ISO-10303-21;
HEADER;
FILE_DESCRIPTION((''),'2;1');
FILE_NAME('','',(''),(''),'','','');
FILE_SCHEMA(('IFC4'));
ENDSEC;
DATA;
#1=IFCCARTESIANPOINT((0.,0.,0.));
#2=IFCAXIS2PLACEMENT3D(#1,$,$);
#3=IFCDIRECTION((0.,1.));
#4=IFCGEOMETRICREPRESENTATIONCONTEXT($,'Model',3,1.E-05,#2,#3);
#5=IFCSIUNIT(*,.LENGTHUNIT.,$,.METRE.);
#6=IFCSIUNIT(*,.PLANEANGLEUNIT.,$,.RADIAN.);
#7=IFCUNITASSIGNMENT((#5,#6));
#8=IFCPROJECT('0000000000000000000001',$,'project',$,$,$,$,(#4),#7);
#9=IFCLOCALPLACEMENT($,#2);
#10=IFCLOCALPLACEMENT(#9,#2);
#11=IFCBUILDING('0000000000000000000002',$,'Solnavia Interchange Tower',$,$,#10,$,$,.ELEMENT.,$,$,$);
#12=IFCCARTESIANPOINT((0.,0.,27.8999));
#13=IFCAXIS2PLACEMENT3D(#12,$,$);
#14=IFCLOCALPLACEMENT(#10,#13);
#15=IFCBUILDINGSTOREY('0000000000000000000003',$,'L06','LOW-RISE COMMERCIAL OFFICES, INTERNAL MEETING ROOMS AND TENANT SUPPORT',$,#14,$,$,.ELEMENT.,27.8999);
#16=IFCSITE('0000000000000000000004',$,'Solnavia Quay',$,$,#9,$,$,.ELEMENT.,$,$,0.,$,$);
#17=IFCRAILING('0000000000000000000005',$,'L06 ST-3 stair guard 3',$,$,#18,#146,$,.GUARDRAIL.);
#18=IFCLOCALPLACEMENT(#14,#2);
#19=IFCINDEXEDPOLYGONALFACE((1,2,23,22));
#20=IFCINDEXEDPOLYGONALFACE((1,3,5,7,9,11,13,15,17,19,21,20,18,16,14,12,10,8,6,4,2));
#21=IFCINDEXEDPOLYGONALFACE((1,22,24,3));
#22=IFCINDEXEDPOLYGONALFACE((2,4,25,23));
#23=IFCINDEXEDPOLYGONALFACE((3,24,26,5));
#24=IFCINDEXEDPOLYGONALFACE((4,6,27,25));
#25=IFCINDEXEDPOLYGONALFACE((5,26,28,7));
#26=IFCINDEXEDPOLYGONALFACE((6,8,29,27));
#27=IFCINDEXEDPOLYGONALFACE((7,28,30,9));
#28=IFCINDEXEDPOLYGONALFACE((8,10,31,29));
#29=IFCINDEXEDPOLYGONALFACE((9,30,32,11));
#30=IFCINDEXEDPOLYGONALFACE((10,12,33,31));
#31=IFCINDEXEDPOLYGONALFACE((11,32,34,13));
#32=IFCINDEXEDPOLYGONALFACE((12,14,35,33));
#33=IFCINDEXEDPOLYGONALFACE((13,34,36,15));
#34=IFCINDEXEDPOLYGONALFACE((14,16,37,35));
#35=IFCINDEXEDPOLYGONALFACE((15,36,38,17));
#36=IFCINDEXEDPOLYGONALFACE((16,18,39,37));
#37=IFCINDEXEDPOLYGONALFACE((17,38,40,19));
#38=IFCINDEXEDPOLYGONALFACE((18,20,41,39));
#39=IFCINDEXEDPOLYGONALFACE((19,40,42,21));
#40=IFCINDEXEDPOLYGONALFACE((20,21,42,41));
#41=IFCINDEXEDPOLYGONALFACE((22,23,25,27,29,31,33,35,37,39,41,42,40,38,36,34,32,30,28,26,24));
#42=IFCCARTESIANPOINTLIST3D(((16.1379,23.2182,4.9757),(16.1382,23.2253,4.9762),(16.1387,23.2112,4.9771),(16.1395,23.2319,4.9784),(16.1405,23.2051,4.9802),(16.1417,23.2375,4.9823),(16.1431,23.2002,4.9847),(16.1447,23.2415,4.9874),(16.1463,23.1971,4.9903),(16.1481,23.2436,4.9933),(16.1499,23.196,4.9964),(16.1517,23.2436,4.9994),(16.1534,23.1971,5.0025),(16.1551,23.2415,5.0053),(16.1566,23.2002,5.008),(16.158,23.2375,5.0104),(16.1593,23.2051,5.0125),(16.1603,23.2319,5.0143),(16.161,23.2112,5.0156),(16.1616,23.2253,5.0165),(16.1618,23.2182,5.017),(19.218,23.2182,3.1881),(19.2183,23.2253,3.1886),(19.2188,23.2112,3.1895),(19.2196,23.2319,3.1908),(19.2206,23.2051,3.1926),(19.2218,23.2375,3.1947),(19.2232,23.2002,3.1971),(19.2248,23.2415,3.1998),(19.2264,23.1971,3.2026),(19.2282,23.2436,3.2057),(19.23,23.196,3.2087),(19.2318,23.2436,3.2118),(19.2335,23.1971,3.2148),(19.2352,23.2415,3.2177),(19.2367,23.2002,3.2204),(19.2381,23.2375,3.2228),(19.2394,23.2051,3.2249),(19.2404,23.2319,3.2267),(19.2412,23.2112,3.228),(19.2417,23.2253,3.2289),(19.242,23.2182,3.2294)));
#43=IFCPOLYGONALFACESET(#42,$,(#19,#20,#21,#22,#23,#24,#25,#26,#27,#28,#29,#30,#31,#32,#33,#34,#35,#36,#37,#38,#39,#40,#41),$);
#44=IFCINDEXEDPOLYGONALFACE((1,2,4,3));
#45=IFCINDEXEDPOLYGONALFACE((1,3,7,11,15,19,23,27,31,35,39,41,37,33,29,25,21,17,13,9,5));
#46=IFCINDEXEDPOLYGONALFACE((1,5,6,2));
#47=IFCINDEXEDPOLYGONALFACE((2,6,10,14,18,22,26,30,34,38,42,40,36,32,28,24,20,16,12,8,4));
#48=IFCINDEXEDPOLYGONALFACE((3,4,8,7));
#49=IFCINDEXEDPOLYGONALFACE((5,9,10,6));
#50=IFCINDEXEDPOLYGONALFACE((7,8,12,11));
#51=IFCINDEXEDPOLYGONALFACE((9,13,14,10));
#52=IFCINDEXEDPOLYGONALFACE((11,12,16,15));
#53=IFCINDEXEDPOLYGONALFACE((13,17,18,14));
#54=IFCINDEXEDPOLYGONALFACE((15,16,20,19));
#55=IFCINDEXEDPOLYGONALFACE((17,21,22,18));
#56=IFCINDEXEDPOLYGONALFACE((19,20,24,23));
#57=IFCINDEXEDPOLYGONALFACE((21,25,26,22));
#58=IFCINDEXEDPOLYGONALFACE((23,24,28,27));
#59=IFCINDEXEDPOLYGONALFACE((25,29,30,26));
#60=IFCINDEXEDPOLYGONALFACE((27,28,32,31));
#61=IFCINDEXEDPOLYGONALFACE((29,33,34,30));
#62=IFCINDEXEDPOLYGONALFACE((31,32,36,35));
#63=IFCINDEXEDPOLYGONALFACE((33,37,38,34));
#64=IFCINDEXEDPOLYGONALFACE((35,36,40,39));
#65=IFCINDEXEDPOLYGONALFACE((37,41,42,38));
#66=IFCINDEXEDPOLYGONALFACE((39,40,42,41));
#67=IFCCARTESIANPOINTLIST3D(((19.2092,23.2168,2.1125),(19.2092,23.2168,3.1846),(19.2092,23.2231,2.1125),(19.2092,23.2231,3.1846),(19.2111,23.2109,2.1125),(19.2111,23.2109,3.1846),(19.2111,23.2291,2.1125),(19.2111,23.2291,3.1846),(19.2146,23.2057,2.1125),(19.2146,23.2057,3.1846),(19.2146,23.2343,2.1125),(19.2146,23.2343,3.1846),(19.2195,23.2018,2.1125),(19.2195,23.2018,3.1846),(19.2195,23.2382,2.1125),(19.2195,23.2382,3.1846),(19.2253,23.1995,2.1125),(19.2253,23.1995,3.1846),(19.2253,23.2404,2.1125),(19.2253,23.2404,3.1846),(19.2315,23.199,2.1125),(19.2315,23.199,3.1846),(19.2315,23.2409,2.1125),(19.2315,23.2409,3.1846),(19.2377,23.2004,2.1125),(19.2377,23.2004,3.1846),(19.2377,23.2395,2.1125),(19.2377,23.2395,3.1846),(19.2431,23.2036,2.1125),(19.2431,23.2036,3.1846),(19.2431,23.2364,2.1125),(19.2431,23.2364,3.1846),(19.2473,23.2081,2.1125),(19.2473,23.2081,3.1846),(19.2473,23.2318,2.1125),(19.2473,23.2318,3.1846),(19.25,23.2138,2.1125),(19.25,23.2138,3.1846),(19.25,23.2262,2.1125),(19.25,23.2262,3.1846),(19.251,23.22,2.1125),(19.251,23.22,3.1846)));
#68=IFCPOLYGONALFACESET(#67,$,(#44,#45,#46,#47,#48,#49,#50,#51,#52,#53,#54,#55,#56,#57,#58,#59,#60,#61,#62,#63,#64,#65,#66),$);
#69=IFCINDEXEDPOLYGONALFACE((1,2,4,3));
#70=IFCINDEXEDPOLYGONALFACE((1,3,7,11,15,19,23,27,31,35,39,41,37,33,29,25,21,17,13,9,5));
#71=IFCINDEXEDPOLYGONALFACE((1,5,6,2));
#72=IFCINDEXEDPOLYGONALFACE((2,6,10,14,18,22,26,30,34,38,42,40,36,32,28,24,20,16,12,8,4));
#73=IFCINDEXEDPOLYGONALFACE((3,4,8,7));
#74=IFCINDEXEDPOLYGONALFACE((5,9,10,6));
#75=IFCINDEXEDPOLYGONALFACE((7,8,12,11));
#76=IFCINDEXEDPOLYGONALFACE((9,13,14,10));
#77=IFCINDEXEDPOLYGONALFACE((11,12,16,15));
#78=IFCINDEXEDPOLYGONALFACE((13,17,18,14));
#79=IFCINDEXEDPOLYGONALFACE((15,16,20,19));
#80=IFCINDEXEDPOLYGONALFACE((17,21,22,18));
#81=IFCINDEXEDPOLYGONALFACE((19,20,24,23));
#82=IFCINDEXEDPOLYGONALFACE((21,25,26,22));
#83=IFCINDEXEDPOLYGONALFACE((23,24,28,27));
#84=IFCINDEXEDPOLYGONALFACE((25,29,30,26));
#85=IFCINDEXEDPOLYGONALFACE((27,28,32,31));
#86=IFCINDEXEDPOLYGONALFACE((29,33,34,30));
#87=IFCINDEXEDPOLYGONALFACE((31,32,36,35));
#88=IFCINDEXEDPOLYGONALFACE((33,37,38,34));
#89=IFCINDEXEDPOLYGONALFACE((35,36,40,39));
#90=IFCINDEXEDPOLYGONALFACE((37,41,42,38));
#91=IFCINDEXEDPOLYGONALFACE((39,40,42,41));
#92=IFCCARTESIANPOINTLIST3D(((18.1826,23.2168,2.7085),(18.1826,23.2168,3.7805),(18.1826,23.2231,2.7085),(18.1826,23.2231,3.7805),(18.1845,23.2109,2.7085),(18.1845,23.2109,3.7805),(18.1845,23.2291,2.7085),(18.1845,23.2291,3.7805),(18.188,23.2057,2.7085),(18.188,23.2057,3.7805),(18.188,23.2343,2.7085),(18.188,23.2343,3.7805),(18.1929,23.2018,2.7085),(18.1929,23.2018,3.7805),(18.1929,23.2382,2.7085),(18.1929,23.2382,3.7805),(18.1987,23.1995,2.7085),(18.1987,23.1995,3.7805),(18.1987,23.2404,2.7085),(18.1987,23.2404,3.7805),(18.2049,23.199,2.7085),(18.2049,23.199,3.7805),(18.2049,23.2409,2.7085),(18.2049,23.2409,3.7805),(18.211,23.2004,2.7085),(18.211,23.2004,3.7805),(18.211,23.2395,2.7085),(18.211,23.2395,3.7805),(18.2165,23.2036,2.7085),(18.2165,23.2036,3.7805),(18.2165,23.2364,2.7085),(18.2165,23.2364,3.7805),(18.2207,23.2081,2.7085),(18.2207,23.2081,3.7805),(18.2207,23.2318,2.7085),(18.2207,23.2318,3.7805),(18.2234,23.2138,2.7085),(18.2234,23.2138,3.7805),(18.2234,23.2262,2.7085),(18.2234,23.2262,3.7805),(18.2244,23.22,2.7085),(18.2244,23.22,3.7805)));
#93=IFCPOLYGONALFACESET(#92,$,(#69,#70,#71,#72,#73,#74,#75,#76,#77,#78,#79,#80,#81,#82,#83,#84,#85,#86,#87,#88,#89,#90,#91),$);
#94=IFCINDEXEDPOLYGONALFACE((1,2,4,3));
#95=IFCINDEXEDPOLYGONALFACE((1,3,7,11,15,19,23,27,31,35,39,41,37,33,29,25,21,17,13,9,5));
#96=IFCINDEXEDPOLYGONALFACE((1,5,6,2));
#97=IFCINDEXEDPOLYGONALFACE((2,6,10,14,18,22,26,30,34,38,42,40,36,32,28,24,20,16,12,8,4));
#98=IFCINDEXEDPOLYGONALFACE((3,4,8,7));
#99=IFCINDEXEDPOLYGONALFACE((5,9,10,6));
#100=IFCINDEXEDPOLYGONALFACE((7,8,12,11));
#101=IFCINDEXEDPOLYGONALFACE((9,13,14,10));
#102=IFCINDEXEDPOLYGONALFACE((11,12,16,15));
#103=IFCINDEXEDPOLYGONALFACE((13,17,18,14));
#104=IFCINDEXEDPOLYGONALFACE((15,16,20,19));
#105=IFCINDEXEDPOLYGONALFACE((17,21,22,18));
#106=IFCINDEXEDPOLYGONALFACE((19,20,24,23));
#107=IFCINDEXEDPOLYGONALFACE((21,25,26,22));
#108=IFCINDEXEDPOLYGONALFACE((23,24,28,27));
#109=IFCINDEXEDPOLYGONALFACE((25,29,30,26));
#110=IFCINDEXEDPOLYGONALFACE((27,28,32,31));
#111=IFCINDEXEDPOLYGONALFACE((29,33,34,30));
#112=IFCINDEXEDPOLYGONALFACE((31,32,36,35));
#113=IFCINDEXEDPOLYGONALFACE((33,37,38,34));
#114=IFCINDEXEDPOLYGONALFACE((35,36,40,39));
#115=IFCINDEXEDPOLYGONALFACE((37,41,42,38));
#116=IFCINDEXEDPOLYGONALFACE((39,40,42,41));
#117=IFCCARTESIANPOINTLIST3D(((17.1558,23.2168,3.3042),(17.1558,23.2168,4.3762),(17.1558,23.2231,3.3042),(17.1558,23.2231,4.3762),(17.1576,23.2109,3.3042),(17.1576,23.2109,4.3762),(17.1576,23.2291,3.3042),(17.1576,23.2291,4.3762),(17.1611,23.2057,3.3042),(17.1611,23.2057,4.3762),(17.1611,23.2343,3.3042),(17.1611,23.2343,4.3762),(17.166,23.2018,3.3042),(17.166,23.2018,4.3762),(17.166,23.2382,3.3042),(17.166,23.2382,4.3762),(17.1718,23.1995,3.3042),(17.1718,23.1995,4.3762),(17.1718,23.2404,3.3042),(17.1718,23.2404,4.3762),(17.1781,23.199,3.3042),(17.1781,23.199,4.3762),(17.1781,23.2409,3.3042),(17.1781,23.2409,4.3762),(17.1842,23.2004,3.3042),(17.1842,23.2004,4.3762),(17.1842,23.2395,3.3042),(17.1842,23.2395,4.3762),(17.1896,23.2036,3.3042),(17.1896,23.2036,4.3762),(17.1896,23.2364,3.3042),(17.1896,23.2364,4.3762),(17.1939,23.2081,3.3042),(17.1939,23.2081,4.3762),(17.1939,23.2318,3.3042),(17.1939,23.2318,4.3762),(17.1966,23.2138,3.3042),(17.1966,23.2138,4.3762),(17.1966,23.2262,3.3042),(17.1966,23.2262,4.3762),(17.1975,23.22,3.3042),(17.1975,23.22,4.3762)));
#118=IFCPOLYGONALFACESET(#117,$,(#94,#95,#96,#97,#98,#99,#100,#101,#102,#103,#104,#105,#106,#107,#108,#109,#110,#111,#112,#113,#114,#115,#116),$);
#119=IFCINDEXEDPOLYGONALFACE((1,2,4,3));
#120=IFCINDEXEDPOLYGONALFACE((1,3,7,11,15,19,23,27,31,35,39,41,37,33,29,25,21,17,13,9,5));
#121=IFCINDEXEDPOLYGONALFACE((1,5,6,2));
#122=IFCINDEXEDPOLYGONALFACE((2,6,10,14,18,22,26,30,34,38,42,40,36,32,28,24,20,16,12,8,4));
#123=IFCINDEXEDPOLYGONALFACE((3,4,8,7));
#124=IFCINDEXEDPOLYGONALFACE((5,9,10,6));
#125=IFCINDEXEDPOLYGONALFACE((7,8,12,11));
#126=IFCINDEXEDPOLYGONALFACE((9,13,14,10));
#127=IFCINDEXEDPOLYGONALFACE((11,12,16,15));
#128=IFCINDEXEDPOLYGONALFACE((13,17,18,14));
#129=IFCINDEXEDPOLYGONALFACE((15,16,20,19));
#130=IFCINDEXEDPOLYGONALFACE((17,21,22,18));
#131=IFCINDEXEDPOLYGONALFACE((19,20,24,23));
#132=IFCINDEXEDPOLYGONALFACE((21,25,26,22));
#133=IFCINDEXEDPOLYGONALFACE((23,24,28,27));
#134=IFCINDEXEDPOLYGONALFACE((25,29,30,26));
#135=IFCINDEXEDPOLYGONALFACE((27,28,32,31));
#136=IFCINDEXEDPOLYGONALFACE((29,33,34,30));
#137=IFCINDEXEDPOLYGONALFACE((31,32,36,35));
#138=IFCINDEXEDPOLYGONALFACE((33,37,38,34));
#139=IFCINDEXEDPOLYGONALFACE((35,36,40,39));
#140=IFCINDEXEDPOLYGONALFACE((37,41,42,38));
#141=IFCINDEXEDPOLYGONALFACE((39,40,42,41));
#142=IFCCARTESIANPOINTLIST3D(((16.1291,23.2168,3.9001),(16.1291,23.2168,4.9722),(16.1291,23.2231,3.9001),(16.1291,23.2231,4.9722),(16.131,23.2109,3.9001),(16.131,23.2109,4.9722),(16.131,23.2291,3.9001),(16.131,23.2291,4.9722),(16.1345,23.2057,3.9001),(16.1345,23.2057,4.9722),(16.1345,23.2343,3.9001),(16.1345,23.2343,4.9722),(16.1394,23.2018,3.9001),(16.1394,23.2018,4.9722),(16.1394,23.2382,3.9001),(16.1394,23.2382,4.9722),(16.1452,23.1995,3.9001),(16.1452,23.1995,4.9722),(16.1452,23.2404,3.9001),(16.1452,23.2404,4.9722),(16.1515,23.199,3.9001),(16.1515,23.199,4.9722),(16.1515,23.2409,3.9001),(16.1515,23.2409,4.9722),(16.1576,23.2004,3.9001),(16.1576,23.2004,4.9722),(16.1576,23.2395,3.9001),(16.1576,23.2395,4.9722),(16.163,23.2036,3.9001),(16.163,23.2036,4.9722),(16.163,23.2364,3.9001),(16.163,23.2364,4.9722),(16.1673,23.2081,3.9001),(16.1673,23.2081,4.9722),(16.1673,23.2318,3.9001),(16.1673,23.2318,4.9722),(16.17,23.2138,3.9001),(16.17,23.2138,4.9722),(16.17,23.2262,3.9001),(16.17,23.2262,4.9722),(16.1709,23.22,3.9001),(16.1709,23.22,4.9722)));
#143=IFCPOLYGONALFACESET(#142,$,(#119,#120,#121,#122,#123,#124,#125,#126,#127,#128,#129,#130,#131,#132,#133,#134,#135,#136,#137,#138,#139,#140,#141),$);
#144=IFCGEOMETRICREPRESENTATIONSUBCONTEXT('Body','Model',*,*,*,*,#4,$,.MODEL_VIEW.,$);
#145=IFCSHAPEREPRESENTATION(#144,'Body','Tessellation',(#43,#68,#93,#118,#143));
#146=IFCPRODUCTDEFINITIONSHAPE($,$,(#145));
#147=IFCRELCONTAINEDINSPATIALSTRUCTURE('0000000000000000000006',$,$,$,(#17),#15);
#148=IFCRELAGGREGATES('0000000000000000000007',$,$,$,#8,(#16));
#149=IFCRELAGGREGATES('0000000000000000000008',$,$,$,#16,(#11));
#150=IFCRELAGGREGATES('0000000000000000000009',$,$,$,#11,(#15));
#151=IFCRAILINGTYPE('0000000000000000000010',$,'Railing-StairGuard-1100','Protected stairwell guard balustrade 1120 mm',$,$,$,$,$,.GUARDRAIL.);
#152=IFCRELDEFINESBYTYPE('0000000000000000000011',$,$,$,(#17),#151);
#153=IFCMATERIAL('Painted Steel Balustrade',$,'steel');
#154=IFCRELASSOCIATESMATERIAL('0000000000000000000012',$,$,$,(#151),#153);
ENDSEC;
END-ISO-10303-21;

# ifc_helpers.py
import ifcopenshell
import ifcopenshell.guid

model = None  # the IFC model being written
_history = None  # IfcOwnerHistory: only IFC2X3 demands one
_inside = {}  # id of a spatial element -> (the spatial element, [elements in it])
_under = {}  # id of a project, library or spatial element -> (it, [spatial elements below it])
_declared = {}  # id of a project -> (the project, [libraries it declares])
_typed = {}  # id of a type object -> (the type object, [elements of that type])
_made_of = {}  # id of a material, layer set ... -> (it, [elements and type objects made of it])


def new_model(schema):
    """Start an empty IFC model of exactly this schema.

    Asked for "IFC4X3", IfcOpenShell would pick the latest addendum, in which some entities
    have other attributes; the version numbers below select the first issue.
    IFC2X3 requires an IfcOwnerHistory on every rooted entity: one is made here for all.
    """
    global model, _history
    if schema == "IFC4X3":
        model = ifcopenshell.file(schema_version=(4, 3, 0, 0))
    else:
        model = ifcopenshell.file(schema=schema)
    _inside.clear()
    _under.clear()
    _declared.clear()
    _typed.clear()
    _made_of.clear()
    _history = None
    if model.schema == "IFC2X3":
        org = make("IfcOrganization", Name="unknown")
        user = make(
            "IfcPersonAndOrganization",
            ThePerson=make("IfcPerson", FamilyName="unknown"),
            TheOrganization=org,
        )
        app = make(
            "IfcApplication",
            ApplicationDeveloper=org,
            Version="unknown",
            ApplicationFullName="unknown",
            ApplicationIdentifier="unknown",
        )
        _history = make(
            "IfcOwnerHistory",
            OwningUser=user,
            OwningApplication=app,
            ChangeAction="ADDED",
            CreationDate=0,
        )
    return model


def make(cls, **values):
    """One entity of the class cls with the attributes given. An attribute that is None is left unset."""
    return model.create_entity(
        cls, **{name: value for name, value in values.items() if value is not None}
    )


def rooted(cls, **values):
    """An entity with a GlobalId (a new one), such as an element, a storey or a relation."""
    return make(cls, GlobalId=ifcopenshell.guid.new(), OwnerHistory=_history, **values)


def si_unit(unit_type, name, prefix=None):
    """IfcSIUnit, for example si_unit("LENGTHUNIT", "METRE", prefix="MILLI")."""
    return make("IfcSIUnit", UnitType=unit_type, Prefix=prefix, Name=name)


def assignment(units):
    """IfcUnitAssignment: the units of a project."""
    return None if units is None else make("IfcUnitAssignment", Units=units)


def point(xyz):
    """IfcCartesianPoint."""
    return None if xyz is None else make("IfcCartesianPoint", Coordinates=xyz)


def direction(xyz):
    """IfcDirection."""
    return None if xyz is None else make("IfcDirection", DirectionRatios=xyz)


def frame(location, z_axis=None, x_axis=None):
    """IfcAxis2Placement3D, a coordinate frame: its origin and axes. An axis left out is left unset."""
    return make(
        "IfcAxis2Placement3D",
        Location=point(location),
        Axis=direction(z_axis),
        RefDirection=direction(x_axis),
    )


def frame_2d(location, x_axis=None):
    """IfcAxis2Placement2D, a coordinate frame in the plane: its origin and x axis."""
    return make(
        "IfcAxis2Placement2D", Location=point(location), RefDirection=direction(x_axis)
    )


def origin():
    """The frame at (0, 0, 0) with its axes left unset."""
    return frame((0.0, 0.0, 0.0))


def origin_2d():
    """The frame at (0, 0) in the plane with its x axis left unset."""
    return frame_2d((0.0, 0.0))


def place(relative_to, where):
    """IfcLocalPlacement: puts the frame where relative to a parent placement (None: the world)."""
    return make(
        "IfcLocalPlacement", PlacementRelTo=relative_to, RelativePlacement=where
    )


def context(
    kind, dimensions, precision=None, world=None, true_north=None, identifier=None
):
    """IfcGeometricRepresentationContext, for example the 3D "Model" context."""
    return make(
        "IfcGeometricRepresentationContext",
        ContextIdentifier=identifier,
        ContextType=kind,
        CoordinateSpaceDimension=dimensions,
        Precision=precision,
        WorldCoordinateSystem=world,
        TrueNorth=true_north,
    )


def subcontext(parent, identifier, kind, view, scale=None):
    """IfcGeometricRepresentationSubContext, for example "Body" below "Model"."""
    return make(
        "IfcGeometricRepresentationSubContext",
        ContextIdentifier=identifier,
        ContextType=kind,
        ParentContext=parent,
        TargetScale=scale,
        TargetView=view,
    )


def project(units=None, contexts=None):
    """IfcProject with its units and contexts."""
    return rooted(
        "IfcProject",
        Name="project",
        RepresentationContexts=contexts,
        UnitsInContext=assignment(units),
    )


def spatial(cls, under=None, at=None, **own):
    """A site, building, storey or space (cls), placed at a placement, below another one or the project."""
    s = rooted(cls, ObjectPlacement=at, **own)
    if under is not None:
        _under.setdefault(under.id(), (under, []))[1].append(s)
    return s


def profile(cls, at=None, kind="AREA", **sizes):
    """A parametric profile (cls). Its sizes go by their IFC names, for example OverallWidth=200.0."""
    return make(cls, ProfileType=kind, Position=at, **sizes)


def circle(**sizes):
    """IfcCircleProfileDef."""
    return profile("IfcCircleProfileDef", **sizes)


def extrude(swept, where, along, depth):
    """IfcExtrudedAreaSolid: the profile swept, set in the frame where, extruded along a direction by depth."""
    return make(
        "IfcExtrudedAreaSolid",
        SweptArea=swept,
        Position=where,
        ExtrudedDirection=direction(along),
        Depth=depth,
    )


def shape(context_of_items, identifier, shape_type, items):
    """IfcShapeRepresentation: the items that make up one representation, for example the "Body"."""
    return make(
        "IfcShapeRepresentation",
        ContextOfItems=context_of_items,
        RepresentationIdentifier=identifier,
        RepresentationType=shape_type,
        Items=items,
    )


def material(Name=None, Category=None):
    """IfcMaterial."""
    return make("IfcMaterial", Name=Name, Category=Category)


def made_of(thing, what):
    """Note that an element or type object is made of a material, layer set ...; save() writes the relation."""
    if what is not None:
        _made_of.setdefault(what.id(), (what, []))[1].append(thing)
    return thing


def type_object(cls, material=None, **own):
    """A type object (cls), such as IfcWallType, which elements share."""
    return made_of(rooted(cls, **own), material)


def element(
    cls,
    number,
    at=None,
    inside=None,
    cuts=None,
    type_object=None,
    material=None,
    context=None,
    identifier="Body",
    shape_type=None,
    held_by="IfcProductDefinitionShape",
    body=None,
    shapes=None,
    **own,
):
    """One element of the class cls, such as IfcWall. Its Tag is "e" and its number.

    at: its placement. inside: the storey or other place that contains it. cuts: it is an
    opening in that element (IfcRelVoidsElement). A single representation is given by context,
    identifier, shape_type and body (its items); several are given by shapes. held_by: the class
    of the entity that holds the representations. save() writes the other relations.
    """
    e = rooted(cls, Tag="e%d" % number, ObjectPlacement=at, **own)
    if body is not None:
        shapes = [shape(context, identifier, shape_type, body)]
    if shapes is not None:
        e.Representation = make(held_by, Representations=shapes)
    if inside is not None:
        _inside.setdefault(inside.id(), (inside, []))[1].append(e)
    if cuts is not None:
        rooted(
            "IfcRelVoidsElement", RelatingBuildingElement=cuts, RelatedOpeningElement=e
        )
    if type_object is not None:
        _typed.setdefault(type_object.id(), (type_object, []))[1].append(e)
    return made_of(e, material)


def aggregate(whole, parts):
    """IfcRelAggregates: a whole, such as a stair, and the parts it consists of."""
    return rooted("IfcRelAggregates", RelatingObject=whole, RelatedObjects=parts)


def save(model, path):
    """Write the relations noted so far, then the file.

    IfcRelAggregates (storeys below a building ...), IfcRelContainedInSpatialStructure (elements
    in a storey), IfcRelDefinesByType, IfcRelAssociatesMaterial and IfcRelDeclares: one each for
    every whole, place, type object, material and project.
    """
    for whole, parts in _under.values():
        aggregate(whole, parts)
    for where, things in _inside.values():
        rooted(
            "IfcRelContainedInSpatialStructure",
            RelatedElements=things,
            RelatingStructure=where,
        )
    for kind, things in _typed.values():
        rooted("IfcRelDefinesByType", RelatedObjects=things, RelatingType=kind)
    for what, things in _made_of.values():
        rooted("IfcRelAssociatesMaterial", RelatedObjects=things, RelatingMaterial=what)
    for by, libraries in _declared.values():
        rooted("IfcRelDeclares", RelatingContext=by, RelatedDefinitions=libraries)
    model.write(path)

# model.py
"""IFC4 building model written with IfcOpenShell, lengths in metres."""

from ifc_helpers import new_model, si_unit, direction, frame, origin, origin_2d, place, context, subcontext, project, spatial, circle, extrude, material, type_object, element, save


model = new_model("IFC4")

# Units and contexts
model_context = context("Model", 3, precision=1e-05, world=origin(), true_north=direction((0.0, 1.0)))
body_context = subcontext(model_context, "Body", "Model", "MODEL_VIEW")
ifc_project = project(units=[si_unit("LENGTHUNIT", "METRE"), si_unit("PLANEANGLEUNIT", "RADIAN")], contexts=[model_context])

# Site, building, storey
site_placement = place(None, origin())
site = spatial("IfcSite", under=ifc_project, at=site_placement, Name="Solnavia Quay", CompositionType="ELEMENT", RefElevation=0.0)
building_placement = place(site_placement, origin())
building = spatial("IfcBuilding", under=site, at=building_placement, Name="Solnavia Interchange Tower", CompositionType="ELEMENT")
storey_placement = place(building_placement, frame((0.0, 0.0, 27.8999)))
storey = spatial("IfcBuildingStorey", under=building, at=storey_placement, Name="L06", Description="LOW-RISE COMMERCIAL OFFICES, INTERNAL MEETING ROOMS AND TENANT SUPPORT", CompositionType="ELEMENT", Elevation=27.8999)

# Railing
ifc_material_1 = material(Name="Painted Steel Balustrade", Category="steel")
railing_type_1 = type_object("IfcRailingType", Name="Railing-StairGuard-1100", Description="Protected stairwell guard balustrade 1120 mm", PredefinedType="GUARDRAIL", material=ifc_material_1)
railing_1_placement = place(storey_placement, frame((19.23, 23.22, 2.1125)))
element("IfcRailing", 1, at=railing_1_placement, inside=storey, type_object=railing_type_1, Name="L06 ST-3 stair guard 3", PredefinedType="GUARDRAIL", context=body_context, shape_type="SweptSolid", body=[
    extrude(circle(Radius=0.0239, at=origin_2d()), frame((0.0, 0.0, 1.0962), z_axis=(-0.864891, 0.0, 0.50196), x_axis=(0.0, -1.0, 0.0)), (0.0, 0.0, 1.0), 3.5613),
    extrude(circle(Radius=0.021, at=origin_2d()), origin(), (0.0, 0.0, 1.0), 1.072),
    extrude(circle(Radius=0.021, at=origin_2d()), frame((-1.0266, 0.0, 0.5959)), (0.0, 0.0, 1.0), 1.072),
    extrude(circle(Radius=0.021, at=origin_2d()), frame((-2.0535, 0.0, 1.1917)), (0.0, 0.0, 1.0), 1.072),
    extrude(circle(Radius=0.021, at=origin_2d()), frame((-3.0801, 0.0, 1.7876)), (0.0, 0.0, 1.0), 1.072),
])

save(model, "model.ifc")
